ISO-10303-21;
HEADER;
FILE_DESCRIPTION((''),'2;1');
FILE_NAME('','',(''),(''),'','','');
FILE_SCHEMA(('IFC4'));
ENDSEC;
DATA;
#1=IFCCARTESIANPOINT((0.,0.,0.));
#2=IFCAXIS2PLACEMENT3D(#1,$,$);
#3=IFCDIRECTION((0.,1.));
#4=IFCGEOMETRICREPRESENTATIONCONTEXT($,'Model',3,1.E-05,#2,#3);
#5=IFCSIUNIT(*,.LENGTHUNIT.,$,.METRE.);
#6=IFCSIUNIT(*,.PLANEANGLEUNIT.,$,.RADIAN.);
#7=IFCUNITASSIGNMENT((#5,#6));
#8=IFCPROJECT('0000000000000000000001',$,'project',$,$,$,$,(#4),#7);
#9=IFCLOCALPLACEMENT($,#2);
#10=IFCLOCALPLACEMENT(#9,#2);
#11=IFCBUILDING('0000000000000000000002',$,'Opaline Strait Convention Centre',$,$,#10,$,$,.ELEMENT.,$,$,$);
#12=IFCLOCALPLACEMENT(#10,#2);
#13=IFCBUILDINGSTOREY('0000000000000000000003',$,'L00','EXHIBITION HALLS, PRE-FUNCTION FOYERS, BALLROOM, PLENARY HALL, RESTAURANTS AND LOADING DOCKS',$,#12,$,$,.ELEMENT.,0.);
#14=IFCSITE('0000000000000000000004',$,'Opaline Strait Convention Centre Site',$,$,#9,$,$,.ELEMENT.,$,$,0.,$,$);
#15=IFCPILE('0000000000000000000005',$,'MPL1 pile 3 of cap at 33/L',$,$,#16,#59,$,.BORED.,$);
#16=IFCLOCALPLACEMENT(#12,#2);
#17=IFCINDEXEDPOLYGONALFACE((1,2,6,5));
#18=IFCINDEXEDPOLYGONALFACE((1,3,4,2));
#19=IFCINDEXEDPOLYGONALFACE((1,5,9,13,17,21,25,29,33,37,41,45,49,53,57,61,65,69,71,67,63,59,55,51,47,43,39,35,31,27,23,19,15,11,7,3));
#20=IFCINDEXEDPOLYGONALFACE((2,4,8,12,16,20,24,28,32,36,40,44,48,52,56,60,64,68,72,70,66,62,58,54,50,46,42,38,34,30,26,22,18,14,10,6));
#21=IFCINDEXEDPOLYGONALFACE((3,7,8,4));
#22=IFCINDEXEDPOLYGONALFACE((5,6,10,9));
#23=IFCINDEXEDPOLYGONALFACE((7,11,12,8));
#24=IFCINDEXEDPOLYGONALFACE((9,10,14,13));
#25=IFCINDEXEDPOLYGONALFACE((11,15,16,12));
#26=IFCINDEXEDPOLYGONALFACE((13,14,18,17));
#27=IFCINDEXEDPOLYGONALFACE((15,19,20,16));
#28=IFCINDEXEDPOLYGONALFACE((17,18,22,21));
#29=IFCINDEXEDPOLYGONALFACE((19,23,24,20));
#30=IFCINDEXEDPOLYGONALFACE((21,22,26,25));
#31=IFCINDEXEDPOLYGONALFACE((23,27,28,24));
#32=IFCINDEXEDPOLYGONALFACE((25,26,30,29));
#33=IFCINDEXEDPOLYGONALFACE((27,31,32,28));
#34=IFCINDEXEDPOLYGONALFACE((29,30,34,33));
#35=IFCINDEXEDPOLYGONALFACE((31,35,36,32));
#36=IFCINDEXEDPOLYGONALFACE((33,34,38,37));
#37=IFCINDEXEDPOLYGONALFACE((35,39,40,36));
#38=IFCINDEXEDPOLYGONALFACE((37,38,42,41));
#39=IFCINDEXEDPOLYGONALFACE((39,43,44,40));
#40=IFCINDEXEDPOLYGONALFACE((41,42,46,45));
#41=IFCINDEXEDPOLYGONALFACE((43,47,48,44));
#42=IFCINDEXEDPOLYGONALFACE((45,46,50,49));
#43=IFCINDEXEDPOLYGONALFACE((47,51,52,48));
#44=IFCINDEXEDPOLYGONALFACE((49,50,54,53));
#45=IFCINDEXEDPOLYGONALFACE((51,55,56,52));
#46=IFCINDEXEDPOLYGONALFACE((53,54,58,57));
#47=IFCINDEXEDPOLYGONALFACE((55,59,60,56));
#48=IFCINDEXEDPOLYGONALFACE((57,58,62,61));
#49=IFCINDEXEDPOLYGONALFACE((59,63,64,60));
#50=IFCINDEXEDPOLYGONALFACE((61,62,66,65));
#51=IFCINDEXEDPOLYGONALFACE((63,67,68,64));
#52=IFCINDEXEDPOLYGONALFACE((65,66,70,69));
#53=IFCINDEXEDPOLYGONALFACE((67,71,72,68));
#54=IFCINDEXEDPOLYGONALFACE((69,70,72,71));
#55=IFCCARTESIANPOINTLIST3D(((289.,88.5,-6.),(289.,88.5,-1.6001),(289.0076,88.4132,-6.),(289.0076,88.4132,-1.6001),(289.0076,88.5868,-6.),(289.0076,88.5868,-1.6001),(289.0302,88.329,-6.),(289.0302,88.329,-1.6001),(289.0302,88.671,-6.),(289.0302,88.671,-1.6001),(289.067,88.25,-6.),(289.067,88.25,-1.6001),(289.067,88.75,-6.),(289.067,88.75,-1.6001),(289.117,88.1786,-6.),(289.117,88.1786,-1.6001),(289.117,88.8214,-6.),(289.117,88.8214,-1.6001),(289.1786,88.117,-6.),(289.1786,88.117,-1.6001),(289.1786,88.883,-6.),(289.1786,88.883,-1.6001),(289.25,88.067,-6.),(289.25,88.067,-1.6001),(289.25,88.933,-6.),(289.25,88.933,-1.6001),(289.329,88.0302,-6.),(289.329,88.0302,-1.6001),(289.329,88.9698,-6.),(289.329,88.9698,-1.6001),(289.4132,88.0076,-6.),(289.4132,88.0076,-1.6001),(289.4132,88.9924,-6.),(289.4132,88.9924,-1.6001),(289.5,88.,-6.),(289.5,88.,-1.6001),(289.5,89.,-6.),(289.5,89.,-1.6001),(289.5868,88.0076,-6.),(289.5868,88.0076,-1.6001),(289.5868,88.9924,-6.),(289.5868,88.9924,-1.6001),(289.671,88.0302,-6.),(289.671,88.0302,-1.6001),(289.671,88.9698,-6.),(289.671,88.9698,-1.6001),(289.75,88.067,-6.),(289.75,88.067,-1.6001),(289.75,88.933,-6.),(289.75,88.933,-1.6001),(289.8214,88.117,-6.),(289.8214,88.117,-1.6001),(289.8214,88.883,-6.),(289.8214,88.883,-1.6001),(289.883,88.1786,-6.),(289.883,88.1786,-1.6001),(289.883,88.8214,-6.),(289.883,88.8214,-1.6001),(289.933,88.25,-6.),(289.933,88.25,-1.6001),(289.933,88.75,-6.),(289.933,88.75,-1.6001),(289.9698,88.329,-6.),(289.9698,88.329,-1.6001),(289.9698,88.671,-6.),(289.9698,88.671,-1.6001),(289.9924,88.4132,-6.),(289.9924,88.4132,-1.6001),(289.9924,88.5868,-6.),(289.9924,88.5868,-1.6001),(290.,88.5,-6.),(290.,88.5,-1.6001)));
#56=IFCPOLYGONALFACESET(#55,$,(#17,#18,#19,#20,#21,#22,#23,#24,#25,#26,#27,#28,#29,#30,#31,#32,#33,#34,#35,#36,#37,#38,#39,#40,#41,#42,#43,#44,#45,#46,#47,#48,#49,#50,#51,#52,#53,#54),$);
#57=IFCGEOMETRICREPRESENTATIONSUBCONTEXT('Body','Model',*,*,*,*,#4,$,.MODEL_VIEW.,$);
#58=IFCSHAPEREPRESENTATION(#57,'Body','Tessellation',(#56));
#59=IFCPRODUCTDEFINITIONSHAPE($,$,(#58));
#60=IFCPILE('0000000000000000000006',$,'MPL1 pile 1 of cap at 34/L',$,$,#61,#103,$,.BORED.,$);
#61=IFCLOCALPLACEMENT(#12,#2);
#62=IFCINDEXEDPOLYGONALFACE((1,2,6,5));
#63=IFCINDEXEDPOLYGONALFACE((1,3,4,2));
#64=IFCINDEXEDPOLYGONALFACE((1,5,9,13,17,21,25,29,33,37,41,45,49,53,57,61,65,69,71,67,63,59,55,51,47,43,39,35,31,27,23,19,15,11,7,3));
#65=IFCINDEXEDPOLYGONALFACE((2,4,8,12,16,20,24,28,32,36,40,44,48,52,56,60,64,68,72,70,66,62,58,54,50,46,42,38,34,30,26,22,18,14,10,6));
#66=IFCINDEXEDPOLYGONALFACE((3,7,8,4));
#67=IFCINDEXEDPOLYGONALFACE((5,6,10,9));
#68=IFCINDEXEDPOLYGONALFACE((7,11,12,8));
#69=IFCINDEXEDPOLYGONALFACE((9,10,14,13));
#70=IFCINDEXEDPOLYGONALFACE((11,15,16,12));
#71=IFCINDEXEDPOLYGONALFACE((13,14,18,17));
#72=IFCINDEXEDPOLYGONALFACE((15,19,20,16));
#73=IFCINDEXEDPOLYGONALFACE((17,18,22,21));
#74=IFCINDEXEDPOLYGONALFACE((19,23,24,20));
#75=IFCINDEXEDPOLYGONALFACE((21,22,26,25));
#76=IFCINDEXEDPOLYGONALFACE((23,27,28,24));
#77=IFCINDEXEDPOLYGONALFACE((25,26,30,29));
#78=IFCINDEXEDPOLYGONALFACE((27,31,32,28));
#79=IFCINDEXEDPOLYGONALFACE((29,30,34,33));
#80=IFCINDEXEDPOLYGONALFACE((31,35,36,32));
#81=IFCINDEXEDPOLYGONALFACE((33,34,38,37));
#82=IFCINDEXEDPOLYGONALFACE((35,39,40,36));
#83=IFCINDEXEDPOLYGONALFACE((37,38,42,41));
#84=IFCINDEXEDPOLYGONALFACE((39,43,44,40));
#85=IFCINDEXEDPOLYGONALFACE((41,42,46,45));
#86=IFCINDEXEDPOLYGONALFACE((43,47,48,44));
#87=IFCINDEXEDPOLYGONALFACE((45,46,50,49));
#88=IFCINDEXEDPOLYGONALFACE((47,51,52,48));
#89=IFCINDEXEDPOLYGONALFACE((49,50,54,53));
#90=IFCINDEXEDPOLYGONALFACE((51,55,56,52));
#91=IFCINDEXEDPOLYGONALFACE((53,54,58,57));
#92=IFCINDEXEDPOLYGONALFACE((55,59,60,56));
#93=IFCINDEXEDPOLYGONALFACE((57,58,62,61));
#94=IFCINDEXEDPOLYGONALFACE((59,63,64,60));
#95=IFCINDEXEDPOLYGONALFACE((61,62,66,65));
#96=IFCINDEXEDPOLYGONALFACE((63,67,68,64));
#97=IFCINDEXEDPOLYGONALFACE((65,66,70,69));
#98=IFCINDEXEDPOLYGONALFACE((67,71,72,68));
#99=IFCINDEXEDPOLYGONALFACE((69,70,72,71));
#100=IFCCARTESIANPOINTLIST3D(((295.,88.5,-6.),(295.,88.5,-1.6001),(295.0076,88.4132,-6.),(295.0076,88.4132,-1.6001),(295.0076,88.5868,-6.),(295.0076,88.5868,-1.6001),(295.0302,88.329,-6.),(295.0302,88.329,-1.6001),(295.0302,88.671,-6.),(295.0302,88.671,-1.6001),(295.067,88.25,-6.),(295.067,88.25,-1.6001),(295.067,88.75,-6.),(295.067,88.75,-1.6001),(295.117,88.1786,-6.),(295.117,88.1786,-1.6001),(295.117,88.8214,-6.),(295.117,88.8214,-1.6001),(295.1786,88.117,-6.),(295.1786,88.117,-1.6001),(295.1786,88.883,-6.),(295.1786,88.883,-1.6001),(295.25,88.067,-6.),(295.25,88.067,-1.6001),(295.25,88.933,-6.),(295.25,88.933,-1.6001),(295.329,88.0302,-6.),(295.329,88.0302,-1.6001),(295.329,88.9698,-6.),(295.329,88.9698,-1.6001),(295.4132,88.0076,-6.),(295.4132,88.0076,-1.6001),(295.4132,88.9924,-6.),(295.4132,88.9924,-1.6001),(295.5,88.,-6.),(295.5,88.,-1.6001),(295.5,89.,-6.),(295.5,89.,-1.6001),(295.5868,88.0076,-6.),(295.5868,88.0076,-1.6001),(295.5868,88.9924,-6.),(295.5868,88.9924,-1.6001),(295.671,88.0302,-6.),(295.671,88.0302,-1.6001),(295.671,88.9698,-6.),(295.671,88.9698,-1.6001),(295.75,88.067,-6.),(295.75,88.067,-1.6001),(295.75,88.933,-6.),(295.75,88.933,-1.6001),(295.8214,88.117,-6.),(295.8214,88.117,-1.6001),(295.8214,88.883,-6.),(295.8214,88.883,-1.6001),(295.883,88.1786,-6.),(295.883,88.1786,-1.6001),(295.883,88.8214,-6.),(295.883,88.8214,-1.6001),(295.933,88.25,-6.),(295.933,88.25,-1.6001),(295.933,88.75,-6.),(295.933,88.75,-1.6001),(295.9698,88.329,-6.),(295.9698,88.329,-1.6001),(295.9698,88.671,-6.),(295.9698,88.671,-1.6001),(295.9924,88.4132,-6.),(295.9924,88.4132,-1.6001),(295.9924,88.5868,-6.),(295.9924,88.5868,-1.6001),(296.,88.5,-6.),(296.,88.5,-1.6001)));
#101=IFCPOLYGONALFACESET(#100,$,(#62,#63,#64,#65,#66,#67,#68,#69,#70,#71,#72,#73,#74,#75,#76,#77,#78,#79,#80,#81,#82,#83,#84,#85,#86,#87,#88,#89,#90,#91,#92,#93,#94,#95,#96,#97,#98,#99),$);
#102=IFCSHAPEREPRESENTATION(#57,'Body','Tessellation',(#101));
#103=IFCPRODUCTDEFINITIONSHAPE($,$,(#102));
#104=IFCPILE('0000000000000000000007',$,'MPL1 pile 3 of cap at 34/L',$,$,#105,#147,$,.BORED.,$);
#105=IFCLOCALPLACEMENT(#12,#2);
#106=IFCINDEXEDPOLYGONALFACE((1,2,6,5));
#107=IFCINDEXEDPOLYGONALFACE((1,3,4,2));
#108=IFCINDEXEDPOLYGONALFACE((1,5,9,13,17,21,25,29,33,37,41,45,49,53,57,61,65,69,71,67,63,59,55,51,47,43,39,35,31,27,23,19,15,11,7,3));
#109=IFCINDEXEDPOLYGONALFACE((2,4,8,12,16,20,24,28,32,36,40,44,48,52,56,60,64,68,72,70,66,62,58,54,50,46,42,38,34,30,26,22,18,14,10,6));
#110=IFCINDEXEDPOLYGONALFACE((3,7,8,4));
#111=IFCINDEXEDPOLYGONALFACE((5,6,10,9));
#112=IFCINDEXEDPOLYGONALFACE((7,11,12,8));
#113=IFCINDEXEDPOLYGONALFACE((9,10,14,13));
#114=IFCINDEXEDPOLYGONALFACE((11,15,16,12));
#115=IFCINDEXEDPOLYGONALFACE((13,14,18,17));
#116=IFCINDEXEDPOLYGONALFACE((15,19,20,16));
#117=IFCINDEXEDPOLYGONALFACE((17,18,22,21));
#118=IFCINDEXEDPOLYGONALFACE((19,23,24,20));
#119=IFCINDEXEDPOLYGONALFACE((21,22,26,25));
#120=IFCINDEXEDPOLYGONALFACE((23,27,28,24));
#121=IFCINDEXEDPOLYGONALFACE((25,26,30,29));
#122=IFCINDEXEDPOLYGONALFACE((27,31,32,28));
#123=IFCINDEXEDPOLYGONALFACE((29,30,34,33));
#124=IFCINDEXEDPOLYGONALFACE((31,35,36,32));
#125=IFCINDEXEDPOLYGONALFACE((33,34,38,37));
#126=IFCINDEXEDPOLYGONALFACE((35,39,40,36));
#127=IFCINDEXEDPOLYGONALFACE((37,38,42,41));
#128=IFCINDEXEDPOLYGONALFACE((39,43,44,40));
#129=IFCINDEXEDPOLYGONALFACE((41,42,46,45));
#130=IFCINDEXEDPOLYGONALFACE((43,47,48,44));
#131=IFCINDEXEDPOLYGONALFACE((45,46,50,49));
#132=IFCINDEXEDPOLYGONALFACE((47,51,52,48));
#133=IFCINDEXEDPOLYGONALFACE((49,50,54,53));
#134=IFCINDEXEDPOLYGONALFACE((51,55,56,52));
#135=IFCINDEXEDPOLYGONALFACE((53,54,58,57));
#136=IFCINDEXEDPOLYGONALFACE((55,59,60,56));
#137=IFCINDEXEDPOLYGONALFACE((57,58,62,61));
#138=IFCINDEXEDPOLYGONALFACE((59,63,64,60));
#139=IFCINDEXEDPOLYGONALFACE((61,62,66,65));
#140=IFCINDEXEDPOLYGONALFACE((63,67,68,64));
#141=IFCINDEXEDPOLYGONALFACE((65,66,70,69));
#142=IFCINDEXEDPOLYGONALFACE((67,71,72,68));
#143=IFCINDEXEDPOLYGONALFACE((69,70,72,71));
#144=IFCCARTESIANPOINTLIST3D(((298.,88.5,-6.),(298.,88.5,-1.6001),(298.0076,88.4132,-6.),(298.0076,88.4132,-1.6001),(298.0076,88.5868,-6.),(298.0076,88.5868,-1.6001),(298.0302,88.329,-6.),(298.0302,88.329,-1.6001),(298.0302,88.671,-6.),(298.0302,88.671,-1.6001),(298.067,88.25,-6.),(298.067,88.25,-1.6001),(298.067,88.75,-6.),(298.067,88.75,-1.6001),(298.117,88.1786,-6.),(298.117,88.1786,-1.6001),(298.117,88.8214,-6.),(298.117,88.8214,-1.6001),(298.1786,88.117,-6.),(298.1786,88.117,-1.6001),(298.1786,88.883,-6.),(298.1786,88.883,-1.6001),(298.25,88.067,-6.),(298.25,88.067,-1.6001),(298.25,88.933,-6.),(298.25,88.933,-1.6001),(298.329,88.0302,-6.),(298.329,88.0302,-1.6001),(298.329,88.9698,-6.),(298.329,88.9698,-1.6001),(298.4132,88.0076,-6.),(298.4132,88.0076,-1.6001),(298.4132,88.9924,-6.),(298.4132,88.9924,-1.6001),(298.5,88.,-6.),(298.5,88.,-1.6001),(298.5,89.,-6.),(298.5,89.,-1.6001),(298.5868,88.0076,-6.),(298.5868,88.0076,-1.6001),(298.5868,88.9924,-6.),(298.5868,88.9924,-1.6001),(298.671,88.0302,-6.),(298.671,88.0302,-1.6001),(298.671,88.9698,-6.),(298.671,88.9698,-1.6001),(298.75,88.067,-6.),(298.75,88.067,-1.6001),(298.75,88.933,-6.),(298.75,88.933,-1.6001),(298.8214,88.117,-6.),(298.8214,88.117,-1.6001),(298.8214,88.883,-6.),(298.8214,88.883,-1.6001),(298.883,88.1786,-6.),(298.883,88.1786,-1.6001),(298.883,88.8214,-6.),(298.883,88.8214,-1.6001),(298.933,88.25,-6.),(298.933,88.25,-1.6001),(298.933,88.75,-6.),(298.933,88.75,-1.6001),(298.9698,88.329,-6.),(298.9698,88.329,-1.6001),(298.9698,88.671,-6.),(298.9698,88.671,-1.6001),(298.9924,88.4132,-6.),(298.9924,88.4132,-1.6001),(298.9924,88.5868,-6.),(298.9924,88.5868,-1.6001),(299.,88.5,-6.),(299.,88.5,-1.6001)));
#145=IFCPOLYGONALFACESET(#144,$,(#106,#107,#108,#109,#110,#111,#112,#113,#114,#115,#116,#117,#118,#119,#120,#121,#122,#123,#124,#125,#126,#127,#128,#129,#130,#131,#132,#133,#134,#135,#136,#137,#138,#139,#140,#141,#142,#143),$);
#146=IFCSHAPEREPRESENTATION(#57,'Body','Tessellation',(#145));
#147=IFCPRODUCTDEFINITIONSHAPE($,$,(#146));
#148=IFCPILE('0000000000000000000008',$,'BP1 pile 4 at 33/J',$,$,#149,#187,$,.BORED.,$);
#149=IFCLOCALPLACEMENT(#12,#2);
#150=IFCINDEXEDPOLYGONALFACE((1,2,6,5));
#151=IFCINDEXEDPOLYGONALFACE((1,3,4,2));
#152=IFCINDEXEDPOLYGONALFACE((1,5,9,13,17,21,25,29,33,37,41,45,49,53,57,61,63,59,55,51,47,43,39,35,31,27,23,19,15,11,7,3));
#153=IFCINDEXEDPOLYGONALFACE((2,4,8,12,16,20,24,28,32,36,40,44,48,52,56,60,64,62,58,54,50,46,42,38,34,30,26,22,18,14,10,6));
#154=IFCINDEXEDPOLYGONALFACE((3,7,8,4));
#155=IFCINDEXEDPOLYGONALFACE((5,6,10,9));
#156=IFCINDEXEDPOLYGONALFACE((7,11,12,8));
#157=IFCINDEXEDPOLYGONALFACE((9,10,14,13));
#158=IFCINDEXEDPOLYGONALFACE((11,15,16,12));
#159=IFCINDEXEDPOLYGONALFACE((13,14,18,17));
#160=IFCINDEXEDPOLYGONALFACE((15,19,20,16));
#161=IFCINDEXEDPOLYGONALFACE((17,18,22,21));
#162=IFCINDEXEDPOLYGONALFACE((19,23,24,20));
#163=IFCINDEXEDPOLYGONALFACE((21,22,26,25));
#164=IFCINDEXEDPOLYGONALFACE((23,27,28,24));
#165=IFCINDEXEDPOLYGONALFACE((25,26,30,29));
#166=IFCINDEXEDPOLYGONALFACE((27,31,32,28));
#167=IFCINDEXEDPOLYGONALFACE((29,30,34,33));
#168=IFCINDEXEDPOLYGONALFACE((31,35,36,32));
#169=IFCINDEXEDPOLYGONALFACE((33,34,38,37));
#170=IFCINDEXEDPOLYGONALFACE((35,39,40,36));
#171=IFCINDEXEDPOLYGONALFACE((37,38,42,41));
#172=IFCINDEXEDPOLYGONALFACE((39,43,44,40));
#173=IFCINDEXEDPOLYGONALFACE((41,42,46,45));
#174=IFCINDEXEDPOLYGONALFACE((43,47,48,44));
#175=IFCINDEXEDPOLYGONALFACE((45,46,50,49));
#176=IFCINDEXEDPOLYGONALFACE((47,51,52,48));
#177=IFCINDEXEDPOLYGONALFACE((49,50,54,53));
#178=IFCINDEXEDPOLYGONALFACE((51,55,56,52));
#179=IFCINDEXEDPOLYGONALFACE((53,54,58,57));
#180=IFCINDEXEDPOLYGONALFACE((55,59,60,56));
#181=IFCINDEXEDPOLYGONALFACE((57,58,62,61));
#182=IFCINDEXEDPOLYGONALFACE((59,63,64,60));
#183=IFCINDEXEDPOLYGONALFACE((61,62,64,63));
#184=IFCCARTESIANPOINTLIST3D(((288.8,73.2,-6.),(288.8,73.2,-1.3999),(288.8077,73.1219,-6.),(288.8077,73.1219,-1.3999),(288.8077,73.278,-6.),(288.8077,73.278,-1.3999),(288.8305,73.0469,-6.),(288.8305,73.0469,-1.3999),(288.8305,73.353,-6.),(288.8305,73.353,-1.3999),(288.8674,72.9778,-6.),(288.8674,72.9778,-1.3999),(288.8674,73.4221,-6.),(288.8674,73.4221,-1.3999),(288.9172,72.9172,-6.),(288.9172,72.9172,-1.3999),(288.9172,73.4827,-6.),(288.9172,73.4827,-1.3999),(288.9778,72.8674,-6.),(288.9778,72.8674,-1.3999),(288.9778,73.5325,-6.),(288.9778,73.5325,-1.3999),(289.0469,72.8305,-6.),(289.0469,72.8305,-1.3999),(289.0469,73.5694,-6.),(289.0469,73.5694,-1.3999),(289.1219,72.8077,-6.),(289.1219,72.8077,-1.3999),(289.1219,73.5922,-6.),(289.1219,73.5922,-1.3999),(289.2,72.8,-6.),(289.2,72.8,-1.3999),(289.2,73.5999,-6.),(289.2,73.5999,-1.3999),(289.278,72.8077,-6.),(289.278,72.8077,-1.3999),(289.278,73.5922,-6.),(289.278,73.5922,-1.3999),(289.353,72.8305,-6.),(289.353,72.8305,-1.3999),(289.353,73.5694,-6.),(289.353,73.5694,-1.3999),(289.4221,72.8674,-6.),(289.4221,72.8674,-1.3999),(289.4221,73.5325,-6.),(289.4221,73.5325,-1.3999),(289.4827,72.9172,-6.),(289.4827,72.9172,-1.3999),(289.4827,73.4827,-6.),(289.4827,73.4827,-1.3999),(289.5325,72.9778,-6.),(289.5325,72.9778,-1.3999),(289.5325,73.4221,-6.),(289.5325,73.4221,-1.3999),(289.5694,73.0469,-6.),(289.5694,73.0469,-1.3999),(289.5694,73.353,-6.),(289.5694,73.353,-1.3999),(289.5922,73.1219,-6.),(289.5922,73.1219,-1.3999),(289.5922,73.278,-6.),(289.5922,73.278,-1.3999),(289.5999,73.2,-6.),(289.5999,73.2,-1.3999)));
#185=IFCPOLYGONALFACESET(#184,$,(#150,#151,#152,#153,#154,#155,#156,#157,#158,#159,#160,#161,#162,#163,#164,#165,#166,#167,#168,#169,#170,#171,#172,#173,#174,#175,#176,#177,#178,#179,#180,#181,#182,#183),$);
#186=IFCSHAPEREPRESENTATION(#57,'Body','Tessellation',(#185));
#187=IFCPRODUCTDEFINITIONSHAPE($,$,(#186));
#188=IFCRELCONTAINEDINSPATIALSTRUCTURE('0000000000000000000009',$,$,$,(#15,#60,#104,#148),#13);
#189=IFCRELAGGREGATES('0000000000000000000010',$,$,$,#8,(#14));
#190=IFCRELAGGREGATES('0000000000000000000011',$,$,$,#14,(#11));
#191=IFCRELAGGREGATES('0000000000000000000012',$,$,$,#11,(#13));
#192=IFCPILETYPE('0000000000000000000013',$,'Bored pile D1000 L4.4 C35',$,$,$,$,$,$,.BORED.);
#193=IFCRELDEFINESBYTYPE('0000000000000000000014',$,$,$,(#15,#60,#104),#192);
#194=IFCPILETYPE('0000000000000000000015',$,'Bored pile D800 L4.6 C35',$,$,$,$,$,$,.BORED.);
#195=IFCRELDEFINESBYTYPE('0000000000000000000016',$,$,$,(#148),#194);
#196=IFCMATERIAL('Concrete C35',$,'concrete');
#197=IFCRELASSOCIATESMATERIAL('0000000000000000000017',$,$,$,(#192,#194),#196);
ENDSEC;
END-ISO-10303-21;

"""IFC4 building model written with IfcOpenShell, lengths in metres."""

from ifc_helpers import new_model, si_unit, direction, frame, origin, origin_2d, place, context, subcontext, project, spatial, circle, extrude, material, material_profile, profile_set, type_object, element, save


model = new_model("IFC4")

# Units and contexts
model_context = context("Model", 3, precision=1e-05, world=origin(), true_north=direction((0.0, 1.0)))
body_context = subcontext(model_context, "Body", "Model", "MODEL_VIEW")
ifc_project = project(units=[si_unit("LENGTHUNIT", "METRE"), si_unit("PLANEANGLEUNIT", "RADIAN")], contexts=[model_context])

# Site, building, storey
site_placement = place(None, origin())
site = spatial("IfcSite", under=ifc_project, at=site_placement, Name="Opaline Strait Convention Centre Site", CompositionType="ELEMENT", RefElevation=0.0)
building_placement = place(site_placement, origin())
building = spatial("IfcBuilding", under=site, at=building_placement, Name="Opaline Strait Convention Centre", CompositionType="ELEMENT")
storey_placement = place(building_placement, origin())
storey = spatial("IfcBuildingStorey", under=building, at=storey_placement, Name="L00", Description="EXHIBITION HALLS, PRE-FUNCTION FOYERS, BALLROOM, PLENARY HALL, RESTAURANTS AND LOADING DOCKS", CompositionType="ELEMENT", Elevation=0.0)

# Piles
ifc_material_1 = material(Name="Concrete C35", Category="concrete")
ifc_material_profile_1 = material_profile(ifc_material_1, circle(Radius=0.5, at=origin_2d()), Name="D1000")
ifc_profile_set_1 = profile_set([ifc_material_profile_1], Name="Concrete C35")
pile_type_1 = type_object("IfcPileType", Name="Bored pile D1000 L4.4 C35", PredefinedType="BORED", material=ifc_profile_set_1)
for number, where, z_axis, x_axis, name in (
    (1, (289.5, 88.5, -1.6001), (0.0, 0.0, -1.0), (1.0, 0.0, 0.0), "MPL1 pile 3 of cap at 33/L"),
    (2, (295.5, 88.5, -1.6001), (0.0, 0.0, -1.0), (1.0, 0.0, 0.0), "MPL1 pile 1 of cap at 34/L"),
    (3, (298.5, 88.5, -1.6001), (0.0, 0.0, -1.0), (1.0, 0.0, 0.0), "MPL1 pile 3 of cap at 34/L"),
):
    element("IfcPile", number, at=place(storey_placement, frame(where, z_axis=z_axis, x_axis=x_axis)), inside=storey, type_object=pile_type_1, Name=name, PredefinedType="BORED", context=body_context, shape_type="SweptSolid", body=[
        extrude(circle(Radius=0.5, at=origin_2d()), origin(), (0.0, 0.0, 1.0), 4.3999),
    ])
ifc_material_profile_2 = material_profile(ifc_material_1, circle(Radius=0.3999, at=origin_2d()), Name="D800")
ifc_profile_set_2 = profile_set([ifc_material_profile_2], Name="Concrete C35")
pile_type_2 = type_object("IfcPileType", Name="Bored pile D800 L4.6 C35", PredefinedType="BORED", material=ifc_profile_set_2)
for number, where, z_axis, x_axis, name in (
    (4, (289.2, 73.2, -1.3999), (0.0, 0.0, -1.0), (1.0, 0.0, 0.0), "BP1 pile 4 at 33/J"),
):
    element("IfcPile", number, at=place(storey_placement, frame(where, z_axis=z_axis, x_axis=x_axis)), inside=storey, type_object=pile_type_2, Name=name, PredefinedType="BORED", context=body_context, shape_type="SweptSolid", body=[
        extrude(circle(Radius=0.3999, at=origin_2d()), origin(), (0.0, 0.0, 1.0), 4.6001),
    ])

save(model, "model.ifc")
